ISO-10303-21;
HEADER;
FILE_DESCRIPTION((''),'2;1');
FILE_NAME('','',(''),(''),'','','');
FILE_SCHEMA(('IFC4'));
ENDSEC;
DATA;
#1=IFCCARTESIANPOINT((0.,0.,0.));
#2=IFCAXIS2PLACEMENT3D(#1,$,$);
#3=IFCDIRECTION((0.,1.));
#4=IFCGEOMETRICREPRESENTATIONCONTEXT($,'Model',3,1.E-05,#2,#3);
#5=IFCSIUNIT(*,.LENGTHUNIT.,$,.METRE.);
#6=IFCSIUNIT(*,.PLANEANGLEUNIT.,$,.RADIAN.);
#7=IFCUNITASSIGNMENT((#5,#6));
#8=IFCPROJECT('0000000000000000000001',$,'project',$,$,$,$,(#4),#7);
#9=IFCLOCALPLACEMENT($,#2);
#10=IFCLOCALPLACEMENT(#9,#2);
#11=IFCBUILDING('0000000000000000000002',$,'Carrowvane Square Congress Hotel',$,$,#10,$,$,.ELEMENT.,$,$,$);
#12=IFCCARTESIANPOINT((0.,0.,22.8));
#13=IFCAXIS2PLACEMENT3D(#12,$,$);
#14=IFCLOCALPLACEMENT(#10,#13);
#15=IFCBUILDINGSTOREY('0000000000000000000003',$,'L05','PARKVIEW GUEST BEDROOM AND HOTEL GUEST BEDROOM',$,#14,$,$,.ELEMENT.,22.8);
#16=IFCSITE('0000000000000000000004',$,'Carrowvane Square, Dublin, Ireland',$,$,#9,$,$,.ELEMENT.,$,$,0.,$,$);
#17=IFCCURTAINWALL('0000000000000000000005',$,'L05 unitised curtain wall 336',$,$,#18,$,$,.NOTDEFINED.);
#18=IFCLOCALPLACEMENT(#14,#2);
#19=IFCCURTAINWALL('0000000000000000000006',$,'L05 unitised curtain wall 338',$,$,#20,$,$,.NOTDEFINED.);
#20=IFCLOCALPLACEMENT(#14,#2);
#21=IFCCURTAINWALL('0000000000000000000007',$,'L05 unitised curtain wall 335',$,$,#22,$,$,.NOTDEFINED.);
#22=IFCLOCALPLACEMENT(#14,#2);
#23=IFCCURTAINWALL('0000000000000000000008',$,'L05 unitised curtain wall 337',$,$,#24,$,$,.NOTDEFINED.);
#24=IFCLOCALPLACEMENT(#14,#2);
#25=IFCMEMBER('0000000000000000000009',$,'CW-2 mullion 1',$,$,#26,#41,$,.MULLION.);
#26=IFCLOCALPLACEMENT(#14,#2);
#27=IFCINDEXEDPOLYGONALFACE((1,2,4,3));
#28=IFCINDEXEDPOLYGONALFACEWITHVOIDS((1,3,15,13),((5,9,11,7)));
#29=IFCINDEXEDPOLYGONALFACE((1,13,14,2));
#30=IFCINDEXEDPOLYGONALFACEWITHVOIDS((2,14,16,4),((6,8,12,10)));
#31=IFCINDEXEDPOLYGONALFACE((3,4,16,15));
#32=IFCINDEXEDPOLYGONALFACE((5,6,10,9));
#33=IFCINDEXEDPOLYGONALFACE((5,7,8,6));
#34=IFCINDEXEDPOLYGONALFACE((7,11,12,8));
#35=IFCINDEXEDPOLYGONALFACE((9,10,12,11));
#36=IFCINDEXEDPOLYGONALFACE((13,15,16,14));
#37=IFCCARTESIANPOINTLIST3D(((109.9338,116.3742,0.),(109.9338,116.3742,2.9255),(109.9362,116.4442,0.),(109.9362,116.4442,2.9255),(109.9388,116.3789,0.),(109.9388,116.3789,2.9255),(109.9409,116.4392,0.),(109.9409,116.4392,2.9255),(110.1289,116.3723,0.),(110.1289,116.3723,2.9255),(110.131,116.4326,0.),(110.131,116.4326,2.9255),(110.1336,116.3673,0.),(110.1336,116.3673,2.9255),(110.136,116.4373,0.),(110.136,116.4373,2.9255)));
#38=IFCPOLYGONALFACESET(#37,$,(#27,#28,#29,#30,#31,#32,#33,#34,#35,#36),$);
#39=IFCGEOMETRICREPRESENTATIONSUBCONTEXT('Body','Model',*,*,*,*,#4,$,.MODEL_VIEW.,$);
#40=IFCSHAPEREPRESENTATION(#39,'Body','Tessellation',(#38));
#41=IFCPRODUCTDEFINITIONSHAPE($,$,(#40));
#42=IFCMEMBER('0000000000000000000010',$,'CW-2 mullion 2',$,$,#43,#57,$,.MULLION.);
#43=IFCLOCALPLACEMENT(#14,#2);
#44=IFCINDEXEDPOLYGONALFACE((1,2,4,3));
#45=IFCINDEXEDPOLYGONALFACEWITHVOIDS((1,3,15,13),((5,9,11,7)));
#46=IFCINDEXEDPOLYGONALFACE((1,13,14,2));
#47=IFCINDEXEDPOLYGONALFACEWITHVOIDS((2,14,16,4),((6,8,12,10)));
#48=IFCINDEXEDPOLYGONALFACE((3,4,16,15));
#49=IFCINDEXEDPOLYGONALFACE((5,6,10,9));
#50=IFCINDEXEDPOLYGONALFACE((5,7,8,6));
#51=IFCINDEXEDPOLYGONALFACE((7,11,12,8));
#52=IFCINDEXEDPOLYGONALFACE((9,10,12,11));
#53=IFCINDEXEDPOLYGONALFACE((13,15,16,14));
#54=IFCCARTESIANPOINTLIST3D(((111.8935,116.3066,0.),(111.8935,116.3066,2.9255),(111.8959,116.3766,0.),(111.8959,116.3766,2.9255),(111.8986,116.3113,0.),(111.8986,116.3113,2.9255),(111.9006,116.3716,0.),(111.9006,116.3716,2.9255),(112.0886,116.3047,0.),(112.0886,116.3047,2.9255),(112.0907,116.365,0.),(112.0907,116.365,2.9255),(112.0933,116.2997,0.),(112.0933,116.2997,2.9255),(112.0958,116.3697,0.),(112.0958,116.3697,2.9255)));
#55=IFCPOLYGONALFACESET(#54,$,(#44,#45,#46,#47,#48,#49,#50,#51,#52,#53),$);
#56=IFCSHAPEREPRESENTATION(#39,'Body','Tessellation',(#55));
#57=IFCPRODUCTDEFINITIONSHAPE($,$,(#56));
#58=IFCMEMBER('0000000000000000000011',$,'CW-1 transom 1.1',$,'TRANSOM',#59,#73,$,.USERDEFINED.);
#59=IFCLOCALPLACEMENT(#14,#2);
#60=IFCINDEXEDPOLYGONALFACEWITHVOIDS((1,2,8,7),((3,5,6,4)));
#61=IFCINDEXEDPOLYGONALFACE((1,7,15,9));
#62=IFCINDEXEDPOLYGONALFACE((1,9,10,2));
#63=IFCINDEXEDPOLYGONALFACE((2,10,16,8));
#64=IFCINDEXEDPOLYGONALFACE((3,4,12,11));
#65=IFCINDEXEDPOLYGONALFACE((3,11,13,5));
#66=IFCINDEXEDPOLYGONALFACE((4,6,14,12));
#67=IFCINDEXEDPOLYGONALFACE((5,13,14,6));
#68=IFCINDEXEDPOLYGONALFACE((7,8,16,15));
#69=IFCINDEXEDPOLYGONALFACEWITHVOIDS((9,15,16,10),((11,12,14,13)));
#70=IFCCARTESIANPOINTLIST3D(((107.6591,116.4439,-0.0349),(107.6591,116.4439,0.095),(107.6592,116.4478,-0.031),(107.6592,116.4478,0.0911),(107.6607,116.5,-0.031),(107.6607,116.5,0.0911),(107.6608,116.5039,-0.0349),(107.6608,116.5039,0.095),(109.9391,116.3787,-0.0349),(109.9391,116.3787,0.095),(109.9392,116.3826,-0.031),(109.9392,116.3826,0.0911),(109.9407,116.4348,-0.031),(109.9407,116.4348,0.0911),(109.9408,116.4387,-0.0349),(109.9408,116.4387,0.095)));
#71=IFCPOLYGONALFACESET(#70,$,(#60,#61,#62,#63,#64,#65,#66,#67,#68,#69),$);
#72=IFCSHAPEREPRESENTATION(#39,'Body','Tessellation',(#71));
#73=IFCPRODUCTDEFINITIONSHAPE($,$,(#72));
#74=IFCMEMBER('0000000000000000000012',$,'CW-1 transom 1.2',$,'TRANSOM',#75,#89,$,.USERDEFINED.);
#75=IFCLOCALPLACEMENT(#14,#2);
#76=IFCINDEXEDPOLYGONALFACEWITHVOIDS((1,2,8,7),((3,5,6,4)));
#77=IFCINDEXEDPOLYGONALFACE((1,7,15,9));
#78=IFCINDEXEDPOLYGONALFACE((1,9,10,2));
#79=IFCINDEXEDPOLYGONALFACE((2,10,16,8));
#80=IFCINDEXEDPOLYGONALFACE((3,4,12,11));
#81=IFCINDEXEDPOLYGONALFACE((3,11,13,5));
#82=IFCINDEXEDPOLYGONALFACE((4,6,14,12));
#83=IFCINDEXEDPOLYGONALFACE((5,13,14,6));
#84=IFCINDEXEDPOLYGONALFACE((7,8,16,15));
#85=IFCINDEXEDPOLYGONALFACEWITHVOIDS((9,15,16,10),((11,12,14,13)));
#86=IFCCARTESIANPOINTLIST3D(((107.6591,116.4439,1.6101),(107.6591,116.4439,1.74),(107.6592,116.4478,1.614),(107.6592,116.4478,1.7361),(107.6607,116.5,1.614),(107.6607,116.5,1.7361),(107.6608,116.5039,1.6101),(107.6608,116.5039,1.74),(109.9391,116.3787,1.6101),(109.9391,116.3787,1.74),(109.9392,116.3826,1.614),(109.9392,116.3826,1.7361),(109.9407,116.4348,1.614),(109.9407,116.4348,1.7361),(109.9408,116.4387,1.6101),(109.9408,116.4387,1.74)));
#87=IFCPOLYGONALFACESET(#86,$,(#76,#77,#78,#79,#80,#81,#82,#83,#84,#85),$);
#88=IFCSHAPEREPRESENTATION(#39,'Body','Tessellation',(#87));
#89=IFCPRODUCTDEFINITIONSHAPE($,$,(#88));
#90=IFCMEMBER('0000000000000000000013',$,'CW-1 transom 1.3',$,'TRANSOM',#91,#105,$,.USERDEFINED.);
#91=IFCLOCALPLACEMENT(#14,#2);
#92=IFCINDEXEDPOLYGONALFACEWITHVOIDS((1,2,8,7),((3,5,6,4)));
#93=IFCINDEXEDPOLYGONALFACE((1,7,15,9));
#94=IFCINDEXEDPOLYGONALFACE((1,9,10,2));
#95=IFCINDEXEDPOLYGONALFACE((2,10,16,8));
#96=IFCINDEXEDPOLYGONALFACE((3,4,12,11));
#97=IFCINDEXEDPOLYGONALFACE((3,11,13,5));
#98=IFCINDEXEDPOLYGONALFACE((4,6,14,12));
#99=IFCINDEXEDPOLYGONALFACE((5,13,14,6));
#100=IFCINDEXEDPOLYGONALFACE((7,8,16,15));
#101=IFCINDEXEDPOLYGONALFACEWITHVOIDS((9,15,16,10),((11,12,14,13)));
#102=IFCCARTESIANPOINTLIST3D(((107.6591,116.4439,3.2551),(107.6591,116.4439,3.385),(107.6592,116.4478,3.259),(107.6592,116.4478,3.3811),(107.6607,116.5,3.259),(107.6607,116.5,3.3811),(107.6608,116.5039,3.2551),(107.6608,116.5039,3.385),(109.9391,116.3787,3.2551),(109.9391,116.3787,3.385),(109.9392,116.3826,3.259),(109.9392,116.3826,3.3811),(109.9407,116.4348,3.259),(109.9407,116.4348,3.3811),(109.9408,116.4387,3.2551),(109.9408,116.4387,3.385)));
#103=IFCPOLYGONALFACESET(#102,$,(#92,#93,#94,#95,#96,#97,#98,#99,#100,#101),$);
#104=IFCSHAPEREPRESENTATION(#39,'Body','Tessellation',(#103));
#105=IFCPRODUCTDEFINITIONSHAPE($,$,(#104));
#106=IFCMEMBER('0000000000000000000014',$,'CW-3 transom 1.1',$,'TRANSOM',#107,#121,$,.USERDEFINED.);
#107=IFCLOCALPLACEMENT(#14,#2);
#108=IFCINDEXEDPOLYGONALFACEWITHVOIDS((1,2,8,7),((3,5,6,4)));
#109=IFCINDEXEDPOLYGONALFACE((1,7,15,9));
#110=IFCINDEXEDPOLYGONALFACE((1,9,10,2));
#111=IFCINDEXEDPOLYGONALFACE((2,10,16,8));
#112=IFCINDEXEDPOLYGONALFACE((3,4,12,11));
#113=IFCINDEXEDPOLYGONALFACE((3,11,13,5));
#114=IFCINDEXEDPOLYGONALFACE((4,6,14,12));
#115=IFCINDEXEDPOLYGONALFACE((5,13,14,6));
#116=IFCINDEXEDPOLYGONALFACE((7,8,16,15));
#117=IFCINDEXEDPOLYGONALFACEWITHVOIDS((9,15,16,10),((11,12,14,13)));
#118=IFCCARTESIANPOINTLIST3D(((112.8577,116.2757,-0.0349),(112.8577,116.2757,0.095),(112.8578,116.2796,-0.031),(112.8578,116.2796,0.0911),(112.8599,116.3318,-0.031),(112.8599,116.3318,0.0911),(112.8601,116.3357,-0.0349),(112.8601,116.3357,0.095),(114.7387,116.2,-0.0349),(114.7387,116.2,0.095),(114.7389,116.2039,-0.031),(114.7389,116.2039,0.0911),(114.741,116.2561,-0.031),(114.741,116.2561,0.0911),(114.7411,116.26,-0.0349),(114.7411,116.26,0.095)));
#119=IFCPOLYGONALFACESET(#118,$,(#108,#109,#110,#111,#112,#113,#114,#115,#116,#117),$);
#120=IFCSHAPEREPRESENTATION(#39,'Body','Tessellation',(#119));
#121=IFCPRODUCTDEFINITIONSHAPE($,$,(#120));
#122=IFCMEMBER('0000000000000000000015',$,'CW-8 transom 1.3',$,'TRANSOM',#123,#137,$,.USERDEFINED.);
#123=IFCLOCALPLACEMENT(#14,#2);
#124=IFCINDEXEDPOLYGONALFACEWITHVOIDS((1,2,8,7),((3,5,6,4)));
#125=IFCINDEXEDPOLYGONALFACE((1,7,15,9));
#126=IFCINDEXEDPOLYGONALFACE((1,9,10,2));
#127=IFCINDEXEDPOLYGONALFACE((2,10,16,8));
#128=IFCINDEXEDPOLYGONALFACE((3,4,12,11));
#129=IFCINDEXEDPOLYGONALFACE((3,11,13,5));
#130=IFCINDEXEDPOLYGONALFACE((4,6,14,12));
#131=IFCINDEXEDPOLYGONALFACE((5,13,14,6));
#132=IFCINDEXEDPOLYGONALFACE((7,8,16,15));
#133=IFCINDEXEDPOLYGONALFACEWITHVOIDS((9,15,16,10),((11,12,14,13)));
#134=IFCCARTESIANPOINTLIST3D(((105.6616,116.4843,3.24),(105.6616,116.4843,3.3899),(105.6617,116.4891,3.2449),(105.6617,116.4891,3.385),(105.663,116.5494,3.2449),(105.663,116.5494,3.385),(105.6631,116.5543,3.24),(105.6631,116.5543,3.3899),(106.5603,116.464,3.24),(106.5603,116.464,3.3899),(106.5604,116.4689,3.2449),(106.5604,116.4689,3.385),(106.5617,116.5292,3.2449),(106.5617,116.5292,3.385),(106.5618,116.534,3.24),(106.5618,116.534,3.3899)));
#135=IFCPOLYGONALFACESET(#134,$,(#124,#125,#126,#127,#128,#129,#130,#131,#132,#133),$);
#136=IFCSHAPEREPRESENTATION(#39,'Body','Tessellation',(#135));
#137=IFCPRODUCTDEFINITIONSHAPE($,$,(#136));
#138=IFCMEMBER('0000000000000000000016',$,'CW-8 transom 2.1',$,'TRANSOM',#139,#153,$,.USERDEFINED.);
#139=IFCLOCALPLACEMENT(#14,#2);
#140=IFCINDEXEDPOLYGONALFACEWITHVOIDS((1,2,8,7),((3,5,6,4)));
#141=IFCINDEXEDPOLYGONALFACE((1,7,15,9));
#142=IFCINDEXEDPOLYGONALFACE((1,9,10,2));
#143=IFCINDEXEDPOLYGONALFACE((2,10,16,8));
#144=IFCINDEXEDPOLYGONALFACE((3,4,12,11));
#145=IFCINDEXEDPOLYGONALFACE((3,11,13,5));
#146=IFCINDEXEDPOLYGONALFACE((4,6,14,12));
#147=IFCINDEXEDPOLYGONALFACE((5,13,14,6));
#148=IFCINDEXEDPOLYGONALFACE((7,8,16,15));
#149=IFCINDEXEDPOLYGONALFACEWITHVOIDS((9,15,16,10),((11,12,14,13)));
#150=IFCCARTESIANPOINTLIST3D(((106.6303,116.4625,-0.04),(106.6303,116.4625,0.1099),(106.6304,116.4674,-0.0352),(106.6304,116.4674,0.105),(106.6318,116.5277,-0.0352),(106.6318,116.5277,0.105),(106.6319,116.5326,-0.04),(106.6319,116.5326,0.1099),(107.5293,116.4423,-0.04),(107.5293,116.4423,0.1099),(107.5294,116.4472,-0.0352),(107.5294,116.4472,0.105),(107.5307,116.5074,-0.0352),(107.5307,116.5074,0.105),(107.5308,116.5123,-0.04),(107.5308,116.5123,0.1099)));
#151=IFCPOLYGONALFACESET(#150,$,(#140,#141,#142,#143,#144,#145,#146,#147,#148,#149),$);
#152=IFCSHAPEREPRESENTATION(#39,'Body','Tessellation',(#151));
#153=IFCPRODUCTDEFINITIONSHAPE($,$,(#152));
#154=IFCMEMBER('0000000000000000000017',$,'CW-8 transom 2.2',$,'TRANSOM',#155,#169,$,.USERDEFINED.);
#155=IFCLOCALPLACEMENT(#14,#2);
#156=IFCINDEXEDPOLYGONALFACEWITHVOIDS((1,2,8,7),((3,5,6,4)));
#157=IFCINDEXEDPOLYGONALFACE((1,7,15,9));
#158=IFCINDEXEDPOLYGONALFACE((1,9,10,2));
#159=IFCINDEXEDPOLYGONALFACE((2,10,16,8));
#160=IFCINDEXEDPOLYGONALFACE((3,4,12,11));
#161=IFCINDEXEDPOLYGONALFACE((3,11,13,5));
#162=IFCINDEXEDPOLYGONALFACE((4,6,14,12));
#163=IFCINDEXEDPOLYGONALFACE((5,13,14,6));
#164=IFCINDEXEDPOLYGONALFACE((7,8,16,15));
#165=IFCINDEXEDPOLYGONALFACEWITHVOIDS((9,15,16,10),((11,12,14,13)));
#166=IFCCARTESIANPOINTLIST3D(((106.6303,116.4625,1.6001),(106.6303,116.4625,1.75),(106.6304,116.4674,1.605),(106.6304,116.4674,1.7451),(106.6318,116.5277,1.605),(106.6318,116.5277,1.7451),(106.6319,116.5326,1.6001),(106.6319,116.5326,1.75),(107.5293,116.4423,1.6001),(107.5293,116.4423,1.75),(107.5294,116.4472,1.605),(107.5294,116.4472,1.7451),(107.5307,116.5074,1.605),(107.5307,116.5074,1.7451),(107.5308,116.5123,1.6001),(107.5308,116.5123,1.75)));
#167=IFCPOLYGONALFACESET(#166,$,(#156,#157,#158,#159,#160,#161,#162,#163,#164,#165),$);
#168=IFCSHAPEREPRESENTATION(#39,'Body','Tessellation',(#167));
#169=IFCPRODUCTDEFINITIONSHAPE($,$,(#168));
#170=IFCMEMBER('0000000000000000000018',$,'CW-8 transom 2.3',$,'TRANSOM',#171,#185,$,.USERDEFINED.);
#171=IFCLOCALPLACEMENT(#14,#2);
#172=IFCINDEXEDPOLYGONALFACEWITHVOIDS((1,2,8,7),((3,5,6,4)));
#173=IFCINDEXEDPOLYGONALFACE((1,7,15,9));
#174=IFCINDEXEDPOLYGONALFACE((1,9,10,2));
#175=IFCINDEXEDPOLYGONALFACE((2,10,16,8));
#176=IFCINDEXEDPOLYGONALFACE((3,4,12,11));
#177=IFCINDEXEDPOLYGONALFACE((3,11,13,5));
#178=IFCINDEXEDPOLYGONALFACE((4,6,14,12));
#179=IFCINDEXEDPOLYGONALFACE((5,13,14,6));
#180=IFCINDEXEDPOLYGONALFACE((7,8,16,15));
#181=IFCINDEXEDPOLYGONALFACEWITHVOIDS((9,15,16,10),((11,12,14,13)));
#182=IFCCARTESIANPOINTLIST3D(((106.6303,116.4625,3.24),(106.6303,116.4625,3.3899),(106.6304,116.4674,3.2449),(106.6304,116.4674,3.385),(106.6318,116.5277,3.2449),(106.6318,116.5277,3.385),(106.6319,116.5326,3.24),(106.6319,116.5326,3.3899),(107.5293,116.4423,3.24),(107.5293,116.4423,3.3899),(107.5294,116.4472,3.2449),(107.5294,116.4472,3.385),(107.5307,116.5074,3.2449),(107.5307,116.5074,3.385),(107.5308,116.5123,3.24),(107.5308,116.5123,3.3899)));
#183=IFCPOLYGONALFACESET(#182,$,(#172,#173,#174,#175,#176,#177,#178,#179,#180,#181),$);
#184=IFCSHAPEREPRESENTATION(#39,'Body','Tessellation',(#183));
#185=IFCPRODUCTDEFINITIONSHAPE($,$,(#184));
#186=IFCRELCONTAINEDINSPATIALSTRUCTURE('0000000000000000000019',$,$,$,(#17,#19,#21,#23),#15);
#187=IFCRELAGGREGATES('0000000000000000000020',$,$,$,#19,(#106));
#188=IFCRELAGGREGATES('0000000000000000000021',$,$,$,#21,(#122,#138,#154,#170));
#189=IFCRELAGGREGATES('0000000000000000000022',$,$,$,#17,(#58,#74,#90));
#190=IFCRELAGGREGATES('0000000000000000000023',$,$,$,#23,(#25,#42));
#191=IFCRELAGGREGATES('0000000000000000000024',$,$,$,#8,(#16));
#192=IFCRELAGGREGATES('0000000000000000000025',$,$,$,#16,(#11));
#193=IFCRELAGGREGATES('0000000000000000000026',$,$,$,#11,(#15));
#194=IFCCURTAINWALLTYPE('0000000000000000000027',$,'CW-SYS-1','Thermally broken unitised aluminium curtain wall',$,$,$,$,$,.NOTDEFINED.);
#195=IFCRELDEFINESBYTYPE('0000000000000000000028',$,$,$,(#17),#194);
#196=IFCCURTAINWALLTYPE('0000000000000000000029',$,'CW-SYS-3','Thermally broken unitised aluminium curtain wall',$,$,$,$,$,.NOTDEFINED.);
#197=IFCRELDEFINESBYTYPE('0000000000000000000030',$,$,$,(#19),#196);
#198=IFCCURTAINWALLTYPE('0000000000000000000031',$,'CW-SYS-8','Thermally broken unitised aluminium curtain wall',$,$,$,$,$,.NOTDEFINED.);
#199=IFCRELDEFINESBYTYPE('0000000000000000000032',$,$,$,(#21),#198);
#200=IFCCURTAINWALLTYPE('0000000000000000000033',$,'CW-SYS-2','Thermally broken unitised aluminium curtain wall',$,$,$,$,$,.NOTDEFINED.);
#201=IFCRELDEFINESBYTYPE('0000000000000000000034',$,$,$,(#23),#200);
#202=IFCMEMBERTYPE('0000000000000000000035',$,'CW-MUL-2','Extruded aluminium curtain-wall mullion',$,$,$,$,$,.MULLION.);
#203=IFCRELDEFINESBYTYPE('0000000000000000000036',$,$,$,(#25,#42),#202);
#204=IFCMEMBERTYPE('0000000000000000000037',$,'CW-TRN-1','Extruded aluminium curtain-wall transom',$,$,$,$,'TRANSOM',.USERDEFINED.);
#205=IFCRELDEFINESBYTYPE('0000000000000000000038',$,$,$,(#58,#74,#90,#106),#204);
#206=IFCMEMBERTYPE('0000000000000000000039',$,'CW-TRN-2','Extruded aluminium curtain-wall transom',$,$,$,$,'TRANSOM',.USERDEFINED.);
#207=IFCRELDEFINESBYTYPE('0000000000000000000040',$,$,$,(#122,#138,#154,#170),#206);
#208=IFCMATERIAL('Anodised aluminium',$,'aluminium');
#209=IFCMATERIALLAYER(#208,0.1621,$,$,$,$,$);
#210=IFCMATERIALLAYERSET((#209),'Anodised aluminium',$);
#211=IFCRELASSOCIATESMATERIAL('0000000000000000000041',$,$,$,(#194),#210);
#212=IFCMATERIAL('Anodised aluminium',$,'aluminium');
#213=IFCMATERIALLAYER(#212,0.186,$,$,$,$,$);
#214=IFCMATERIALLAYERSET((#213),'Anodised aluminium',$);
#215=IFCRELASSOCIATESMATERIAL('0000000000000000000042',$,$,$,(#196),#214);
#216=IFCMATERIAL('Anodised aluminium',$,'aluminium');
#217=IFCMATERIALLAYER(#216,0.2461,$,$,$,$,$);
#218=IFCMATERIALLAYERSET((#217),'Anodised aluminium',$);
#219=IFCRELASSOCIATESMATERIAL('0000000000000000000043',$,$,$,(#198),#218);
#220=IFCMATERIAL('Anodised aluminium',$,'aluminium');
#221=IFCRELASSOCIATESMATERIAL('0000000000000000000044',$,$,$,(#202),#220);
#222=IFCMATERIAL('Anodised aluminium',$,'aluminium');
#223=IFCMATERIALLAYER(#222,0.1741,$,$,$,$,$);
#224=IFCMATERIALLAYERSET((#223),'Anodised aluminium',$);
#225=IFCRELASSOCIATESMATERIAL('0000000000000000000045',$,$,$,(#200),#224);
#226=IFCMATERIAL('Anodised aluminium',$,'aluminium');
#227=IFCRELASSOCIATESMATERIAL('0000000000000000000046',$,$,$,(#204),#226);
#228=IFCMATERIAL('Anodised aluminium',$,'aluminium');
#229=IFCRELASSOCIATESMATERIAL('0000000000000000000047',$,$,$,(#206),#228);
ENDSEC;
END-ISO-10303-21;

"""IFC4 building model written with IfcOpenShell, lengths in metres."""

from ifc_helpers import new_model, si_unit, direction, frame, origin, origin_2d, place, context, subcontext, project, spatial, hollow_rectangle, extrude, material, layer, layer_set, material_profile, profile_set, type_object, element, aggregate, save


model = new_model("IFC4")

# Units and contexts
model_context = context("Model", 3, precision=1e-05, world=origin(), true_north=direction((0.0, 1.0)))
body_context = subcontext(model_context, "Body", "Model", "MODEL_VIEW")
ifc_project = project(units=[si_unit("LENGTHUNIT", "METRE"), si_unit("PLANEANGLEUNIT", "RADIAN")], contexts=[model_context])

# Site, building, storey
site_placement = place(None, origin())
site = spatial("IfcSite", under=ifc_project, at=site_placement, Name="Carrowvane Square, Dublin, Ireland", CompositionType="ELEMENT", RefElevation=0.0)
building_placement = place(site_placement, origin())
building = spatial("IfcBuilding", under=site, at=building_placement, Name="Carrowvane Square Congress Hotel", CompositionType="ELEMENT")
storey_placement = place(building_placement, frame((0.0, 0.0, 22.8)))
storey = spatial("IfcBuildingStorey", under=building, at=storey_placement, Name="L05", Description="PARKVIEW GUEST BEDROOM AND HOTEL GUEST BEDROOM", CompositionType="ELEMENT", Elevation=22.8)

# Curtain wall
ifc_material_1 = material(Name="Anodised aluminium", Category="aluminium")
ifc_layer_1 = layer(ifc_material_1, 0.1621)
ifc_layer_set_1 = layer_set([ifc_layer_1], Name="Anodised aluminium")
curtain_wall_type_1 = type_object("IfcCurtainWallType", Name="CW-SYS-1", Description="Thermally broken unitised aluminium curtain wall", PredefinedType="NOTDEFINED", material=ifc_layer_set_1)
curtain_wall_1_placement = place(storey_placement, origin())
curtain_wall_1 = element("IfcCurtainWall", 1, at=curtain_wall_1_placement, inside=storey, type_object=curtain_wall_type_1, Name="L05 unitised curtain wall 336", PredefinedType="NOTDEFINED")

# Curtain wall
ifc_material_2 = material(Name="Anodised aluminium", Category="aluminium")
ifc_layer_2 = layer(ifc_material_2, 0.186)
ifc_layer_set_2 = layer_set([ifc_layer_2], Name="Anodised aluminium")
curtain_wall_type_2 = type_object("IfcCurtainWallType", Name="CW-SYS-3", Description="Thermally broken unitised aluminium curtain wall", PredefinedType="NOTDEFINED", material=ifc_layer_set_2)
curtain_wall_2_placement = place(storey_placement, origin())
curtain_wall_2 = element("IfcCurtainWall", 2, at=curtain_wall_2_placement, inside=storey, type_object=curtain_wall_type_2, Name="L05 unitised curtain wall 338", PredefinedType="NOTDEFINED")

# Curtain walls, members
ifc_material_3 = material(Name="Anodised aluminium", Category="aluminium")
ifc_layer_3 = layer(ifc_material_3, 0.2461)
ifc_layer_set_3 = layer_set([ifc_layer_3], Name="Anodised aluminium")
curtain_wall_type_3 = type_object("IfcCurtainWallType", Name="CW-SYS-8", Description="Thermally broken unitised aluminium curtain wall", PredefinedType="NOTDEFINED", material=ifc_layer_set_3)
curtain_wall_3_placement = place(storey_placement, origin())
curtain_wall_3 = element("IfcCurtainWall", 3, at=curtain_wall_3_placement, inside=storey, type_object=curtain_wall_type_3, Name="L05 unitised curtain wall 335", PredefinedType="NOTDEFINED")
ifc_material_4 = material(Name="Anodised aluminium", Category="aluminium")
ifc_material_profile_1 = material_profile(ifc_material_4, hollow_rectangle(XDim=0.0701, YDim=0.2, WallThickness=0.0049, at=origin_2d()), Name="CW-ML 70x200x5")
ifc_profile_set_1 = profile_set([ifc_material_profile_1], Name="Anodised aluminium")
member_type_1 = type_object("IfcMemberType", Name="CW-MUL-2", Description="Extruded aluminium curtain-wall mullion", PredefinedType="MULLION", material=ifc_profile_set_1)
ifc_material_5 = material(Name="Anodised aluminium", Category="aluminium")
ifc_layer_4 = layer(ifc_material_5, 0.1741)
ifc_layer_set_4 = layer_set([ifc_layer_4], Name="Anodised aluminium")
curtain_wall_type_4 = type_object("IfcCurtainWallType", Name="CW-SYS-2", Description="Thermally broken unitised aluminium curtain wall", PredefinedType="NOTDEFINED", material=ifc_layer_set_4)
curtain_wall_4_placement = place(storey_placement, origin())
curtain_wall_4 = element("IfcCurtainWall", 4, at=curtain_wall_4_placement, inside=storey, type_object=curtain_wall_type_4, Name="L05 unitised curtain wall 337", PredefinedType="NOTDEFINED")
member_1_placement = place(storey_placement, frame((110.0349, 116.4058, 0.0), z_axis=(0.0, 0.0, 1.0), x_axis=(0.03453, 0.999404, 0.0)))
member_1 = element("IfcMember", 5, at=member_1_placement, type_object=member_type_1, Name="CW-2 mullion 1", PredefinedType="MULLION", context=body_context, shape_type="SweptSolid", body=[
    extrude(hollow_rectangle(XDim=0.0701, YDim=0.2, WallThickness=0.0049, at=origin_2d()), origin(), (0.0, 0.0, 1.0), 2.9255),
])
member_2_placement = place(storey_placement, frame((111.9946, 116.3381, 0.0), z_axis=(0.0, 0.0, 1.0), x_axis=(0.03453, 0.999404, 0.0)))
member_2 = element("IfcMember", 6, at=member_2_placement, type_object=member_type_1, Name="CW-2 mullion 2", PredefinedType="MULLION", context=body_context, shape_type="SweptSolid", body=[
    extrude(hollow_rectangle(XDim=0.0701, YDim=0.2, WallThickness=0.0049, at=origin_2d()), origin(), (0.0, 0.0, 1.0), 2.9255),
])

# Members
ifc_material_6 = material(Name="Anodised aluminium", Category="aluminium")
ifc_material_profile_2 = material_profile(ifc_material_6, hollow_rectangle(XDim=0.0601, YDim=0.1299, WallThickness=0.0039, at=origin_2d()), Name="CW-TR 60x130x4")
ifc_profile_set_2 = profile_set([ifc_material_profile_2], Name="Anodised aluminium")
member_type_2 = type_object("IfcMemberType", Name="CW-TRN-1", Description="Extruded aluminium curtain-wall transom", ElementType="TRANSOM", PredefinedType="USERDEFINED", material=ifc_profile_set_2)
member_3_placement = place(storey_placement, frame((107.6599, 116.4739, 0.03), z_axis=(0.999592, -0.028578, 0.0), x_axis=(0.028578, 0.999592, 0.0)))
member_3 = element("IfcMember", 7, at=member_3_placement, type_object=member_type_2, Name="CW-1 transom 1.1", ObjectType="TRANSOM", PredefinedType="USERDEFINED", context=body_context, shape_type="SweptSolid", body=[
    extrude(hollow_rectangle(XDim=0.0601, YDim=0.1299, WallThickness=0.0039, at=origin_2d()), origin(), (0.0, 0.0, 1.0), 2.281),
])
member_4_placement = place(storey_placement, frame((107.6599, 116.4739, 1.675), z_axis=(0.999592, -0.028578, 0.0), x_axis=(0.028578, 0.999592, 0.0)))
member_4 = element("IfcMember", 8, at=member_4_placement, type_object=member_type_2, Name="CW-1 transom 1.2", ObjectType="TRANSOM", PredefinedType="USERDEFINED", context=body_context, shape_type="SweptSolid", body=[
    extrude(hollow_rectangle(XDim=0.0601, YDim=0.1299, WallThickness=0.0039, at=origin_2d()), origin(), (0.0, 0.0, 1.0), 2.281),
])
member_5_placement = place(storey_placement, frame((107.6599, 116.4739, 3.3201), z_axis=(0.999592, -0.028578, 0.0), x_axis=(0.028578, 0.999592, 0.0)))
member_5 = element("IfcMember", 9, at=member_5_placement, type_object=member_type_2, Name="CW-1 transom 1.3", ObjectType="TRANSOM", PredefinedType="USERDEFINED", context=body_context, shape_type="SweptSolid", body=[
    extrude(hollow_rectangle(XDim=0.0601, YDim=0.1299, WallThickness=0.0039, at=origin_2d()), origin(), (0.0, 0.0, 1.0), 2.281),
])
member_6_placement = place(storey_placement, frame((112.8589, 116.3057, 0.03), z_axis=(0.999192, -0.040201, 0.0), x_axis=(0.040201, 0.999192, 0.0)))
member_6 = element("IfcMember", 10, at=member_6_placement, type_object=member_type_2, Name="CW-3 transom 1.1", ObjectType="TRANSOM", PredefinedType="USERDEFINED", context=body_context, shape_type="SweptSolid", body=[
    extrude(hollow_rectangle(XDim=0.0601, YDim=0.1299, WallThickness=0.0039, at=origin_2d()), origin(), (0.0, 0.0, 1.0), 1.8826),
])
aggregate(curtain_wall_2, [member_6])
ifc_material_7 = material(Name="Anodised aluminium", Category="aluminium")
ifc_material_profile_3 = material_profile(ifc_material_7, hollow_rectangle(XDim=0.0701, YDim=0.1499, WallThickness=0.0049, at=origin_2d()), Name="CW-TR 70x150x5")
ifc_profile_set_3 = profile_set([ifc_material_profile_3], Name="Anodised aluminium")
member_type_3 = type_object("IfcMemberType", Name="CW-TRN-2", Description="Extruded aluminium curtain-wall transom", ElementType="TRANSOM", PredefinedType="USERDEFINED", material=ifc_profile_set_3)
member_7_placement = place(storey_placement, frame((105.6624, 116.5193, 3.3149), z_axis=(0.999746, -0.022542, 0.0), x_axis=(0.022542, 0.999746, 0.0)))
member_7 = element("IfcMember", 11, at=member_7_placement, type_object=member_type_3, Name="CW-8 transom 1.3", ObjectType="TRANSOM", PredefinedType="USERDEFINED", context=body_context, shape_type="SweptSolid", body=[
    extrude(hollow_rectangle(XDim=0.0701, YDim=0.1499, WallThickness=0.0049, at=origin_2d()), origin(), (0.0, 0.0, 1.0), 0.8989),
])
member_8_placement = place(storey_placement, frame((106.6311, 116.4976, 0.0349), z_axis=(0.999746, -0.022536, 0.0), x_axis=(0.022536, 0.999746, 0.0)))
member_8 = element("IfcMember", 12, at=member_8_placement, type_object=member_type_3, Name="CW-8 transom 2.1", ObjectType="TRANSOM", PredefinedType="USERDEFINED", context=body_context, shape_type="SweptSolid", body=[
    extrude(hollow_rectangle(XDim=0.0701, YDim=0.1499, WallThickness=0.0049, at=origin_2d()), origin(), (0.0, 0.0, 1.0), 0.8992),
])
member_9_placement = place(storey_placement, frame((106.6311, 116.4976, 1.675), z_axis=(0.999746, -0.022536, 0.0), x_axis=(0.022536, 0.999746, 0.0)))
member_9 = element("IfcMember", 13, at=member_9_placement, type_object=member_type_3, Name="CW-8 transom 2.2", ObjectType="TRANSOM", PredefinedType="USERDEFINED", context=body_context, shape_type="SweptSolid", body=[
    extrude(hollow_rectangle(XDim=0.0701, YDim=0.1499, WallThickness=0.0049, at=origin_2d()), origin(), (0.0, 0.0, 1.0), 0.8992),
])
member_10_placement = place(storey_placement, frame((106.6311, 116.4976, 3.3149), z_axis=(0.999746, -0.022536, 0.0), x_axis=(0.022536, 0.999746, 0.0)))
member_10 = element("IfcMember", 14, at=member_10_placement, type_object=member_type_3, Name="CW-8 transom 2.3", ObjectType="TRANSOM", PredefinedType="USERDEFINED", context=body_context, shape_type="SweptSolid", body=[
    extrude(hollow_rectangle(XDim=0.0701, YDim=0.1499, WallThickness=0.0049, at=origin_2d()), origin(), (0.0, 0.0, 1.0), 0.8992),
])

aggregate(curtain_wall_3, [member_7, member_8, member_9, member_10])
aggregate(curtain_wall_1, [member_3, member_4, member_5])
aggregate(curtain_wall_4, [member_1, member_2])

save(model, "model.ifc")
